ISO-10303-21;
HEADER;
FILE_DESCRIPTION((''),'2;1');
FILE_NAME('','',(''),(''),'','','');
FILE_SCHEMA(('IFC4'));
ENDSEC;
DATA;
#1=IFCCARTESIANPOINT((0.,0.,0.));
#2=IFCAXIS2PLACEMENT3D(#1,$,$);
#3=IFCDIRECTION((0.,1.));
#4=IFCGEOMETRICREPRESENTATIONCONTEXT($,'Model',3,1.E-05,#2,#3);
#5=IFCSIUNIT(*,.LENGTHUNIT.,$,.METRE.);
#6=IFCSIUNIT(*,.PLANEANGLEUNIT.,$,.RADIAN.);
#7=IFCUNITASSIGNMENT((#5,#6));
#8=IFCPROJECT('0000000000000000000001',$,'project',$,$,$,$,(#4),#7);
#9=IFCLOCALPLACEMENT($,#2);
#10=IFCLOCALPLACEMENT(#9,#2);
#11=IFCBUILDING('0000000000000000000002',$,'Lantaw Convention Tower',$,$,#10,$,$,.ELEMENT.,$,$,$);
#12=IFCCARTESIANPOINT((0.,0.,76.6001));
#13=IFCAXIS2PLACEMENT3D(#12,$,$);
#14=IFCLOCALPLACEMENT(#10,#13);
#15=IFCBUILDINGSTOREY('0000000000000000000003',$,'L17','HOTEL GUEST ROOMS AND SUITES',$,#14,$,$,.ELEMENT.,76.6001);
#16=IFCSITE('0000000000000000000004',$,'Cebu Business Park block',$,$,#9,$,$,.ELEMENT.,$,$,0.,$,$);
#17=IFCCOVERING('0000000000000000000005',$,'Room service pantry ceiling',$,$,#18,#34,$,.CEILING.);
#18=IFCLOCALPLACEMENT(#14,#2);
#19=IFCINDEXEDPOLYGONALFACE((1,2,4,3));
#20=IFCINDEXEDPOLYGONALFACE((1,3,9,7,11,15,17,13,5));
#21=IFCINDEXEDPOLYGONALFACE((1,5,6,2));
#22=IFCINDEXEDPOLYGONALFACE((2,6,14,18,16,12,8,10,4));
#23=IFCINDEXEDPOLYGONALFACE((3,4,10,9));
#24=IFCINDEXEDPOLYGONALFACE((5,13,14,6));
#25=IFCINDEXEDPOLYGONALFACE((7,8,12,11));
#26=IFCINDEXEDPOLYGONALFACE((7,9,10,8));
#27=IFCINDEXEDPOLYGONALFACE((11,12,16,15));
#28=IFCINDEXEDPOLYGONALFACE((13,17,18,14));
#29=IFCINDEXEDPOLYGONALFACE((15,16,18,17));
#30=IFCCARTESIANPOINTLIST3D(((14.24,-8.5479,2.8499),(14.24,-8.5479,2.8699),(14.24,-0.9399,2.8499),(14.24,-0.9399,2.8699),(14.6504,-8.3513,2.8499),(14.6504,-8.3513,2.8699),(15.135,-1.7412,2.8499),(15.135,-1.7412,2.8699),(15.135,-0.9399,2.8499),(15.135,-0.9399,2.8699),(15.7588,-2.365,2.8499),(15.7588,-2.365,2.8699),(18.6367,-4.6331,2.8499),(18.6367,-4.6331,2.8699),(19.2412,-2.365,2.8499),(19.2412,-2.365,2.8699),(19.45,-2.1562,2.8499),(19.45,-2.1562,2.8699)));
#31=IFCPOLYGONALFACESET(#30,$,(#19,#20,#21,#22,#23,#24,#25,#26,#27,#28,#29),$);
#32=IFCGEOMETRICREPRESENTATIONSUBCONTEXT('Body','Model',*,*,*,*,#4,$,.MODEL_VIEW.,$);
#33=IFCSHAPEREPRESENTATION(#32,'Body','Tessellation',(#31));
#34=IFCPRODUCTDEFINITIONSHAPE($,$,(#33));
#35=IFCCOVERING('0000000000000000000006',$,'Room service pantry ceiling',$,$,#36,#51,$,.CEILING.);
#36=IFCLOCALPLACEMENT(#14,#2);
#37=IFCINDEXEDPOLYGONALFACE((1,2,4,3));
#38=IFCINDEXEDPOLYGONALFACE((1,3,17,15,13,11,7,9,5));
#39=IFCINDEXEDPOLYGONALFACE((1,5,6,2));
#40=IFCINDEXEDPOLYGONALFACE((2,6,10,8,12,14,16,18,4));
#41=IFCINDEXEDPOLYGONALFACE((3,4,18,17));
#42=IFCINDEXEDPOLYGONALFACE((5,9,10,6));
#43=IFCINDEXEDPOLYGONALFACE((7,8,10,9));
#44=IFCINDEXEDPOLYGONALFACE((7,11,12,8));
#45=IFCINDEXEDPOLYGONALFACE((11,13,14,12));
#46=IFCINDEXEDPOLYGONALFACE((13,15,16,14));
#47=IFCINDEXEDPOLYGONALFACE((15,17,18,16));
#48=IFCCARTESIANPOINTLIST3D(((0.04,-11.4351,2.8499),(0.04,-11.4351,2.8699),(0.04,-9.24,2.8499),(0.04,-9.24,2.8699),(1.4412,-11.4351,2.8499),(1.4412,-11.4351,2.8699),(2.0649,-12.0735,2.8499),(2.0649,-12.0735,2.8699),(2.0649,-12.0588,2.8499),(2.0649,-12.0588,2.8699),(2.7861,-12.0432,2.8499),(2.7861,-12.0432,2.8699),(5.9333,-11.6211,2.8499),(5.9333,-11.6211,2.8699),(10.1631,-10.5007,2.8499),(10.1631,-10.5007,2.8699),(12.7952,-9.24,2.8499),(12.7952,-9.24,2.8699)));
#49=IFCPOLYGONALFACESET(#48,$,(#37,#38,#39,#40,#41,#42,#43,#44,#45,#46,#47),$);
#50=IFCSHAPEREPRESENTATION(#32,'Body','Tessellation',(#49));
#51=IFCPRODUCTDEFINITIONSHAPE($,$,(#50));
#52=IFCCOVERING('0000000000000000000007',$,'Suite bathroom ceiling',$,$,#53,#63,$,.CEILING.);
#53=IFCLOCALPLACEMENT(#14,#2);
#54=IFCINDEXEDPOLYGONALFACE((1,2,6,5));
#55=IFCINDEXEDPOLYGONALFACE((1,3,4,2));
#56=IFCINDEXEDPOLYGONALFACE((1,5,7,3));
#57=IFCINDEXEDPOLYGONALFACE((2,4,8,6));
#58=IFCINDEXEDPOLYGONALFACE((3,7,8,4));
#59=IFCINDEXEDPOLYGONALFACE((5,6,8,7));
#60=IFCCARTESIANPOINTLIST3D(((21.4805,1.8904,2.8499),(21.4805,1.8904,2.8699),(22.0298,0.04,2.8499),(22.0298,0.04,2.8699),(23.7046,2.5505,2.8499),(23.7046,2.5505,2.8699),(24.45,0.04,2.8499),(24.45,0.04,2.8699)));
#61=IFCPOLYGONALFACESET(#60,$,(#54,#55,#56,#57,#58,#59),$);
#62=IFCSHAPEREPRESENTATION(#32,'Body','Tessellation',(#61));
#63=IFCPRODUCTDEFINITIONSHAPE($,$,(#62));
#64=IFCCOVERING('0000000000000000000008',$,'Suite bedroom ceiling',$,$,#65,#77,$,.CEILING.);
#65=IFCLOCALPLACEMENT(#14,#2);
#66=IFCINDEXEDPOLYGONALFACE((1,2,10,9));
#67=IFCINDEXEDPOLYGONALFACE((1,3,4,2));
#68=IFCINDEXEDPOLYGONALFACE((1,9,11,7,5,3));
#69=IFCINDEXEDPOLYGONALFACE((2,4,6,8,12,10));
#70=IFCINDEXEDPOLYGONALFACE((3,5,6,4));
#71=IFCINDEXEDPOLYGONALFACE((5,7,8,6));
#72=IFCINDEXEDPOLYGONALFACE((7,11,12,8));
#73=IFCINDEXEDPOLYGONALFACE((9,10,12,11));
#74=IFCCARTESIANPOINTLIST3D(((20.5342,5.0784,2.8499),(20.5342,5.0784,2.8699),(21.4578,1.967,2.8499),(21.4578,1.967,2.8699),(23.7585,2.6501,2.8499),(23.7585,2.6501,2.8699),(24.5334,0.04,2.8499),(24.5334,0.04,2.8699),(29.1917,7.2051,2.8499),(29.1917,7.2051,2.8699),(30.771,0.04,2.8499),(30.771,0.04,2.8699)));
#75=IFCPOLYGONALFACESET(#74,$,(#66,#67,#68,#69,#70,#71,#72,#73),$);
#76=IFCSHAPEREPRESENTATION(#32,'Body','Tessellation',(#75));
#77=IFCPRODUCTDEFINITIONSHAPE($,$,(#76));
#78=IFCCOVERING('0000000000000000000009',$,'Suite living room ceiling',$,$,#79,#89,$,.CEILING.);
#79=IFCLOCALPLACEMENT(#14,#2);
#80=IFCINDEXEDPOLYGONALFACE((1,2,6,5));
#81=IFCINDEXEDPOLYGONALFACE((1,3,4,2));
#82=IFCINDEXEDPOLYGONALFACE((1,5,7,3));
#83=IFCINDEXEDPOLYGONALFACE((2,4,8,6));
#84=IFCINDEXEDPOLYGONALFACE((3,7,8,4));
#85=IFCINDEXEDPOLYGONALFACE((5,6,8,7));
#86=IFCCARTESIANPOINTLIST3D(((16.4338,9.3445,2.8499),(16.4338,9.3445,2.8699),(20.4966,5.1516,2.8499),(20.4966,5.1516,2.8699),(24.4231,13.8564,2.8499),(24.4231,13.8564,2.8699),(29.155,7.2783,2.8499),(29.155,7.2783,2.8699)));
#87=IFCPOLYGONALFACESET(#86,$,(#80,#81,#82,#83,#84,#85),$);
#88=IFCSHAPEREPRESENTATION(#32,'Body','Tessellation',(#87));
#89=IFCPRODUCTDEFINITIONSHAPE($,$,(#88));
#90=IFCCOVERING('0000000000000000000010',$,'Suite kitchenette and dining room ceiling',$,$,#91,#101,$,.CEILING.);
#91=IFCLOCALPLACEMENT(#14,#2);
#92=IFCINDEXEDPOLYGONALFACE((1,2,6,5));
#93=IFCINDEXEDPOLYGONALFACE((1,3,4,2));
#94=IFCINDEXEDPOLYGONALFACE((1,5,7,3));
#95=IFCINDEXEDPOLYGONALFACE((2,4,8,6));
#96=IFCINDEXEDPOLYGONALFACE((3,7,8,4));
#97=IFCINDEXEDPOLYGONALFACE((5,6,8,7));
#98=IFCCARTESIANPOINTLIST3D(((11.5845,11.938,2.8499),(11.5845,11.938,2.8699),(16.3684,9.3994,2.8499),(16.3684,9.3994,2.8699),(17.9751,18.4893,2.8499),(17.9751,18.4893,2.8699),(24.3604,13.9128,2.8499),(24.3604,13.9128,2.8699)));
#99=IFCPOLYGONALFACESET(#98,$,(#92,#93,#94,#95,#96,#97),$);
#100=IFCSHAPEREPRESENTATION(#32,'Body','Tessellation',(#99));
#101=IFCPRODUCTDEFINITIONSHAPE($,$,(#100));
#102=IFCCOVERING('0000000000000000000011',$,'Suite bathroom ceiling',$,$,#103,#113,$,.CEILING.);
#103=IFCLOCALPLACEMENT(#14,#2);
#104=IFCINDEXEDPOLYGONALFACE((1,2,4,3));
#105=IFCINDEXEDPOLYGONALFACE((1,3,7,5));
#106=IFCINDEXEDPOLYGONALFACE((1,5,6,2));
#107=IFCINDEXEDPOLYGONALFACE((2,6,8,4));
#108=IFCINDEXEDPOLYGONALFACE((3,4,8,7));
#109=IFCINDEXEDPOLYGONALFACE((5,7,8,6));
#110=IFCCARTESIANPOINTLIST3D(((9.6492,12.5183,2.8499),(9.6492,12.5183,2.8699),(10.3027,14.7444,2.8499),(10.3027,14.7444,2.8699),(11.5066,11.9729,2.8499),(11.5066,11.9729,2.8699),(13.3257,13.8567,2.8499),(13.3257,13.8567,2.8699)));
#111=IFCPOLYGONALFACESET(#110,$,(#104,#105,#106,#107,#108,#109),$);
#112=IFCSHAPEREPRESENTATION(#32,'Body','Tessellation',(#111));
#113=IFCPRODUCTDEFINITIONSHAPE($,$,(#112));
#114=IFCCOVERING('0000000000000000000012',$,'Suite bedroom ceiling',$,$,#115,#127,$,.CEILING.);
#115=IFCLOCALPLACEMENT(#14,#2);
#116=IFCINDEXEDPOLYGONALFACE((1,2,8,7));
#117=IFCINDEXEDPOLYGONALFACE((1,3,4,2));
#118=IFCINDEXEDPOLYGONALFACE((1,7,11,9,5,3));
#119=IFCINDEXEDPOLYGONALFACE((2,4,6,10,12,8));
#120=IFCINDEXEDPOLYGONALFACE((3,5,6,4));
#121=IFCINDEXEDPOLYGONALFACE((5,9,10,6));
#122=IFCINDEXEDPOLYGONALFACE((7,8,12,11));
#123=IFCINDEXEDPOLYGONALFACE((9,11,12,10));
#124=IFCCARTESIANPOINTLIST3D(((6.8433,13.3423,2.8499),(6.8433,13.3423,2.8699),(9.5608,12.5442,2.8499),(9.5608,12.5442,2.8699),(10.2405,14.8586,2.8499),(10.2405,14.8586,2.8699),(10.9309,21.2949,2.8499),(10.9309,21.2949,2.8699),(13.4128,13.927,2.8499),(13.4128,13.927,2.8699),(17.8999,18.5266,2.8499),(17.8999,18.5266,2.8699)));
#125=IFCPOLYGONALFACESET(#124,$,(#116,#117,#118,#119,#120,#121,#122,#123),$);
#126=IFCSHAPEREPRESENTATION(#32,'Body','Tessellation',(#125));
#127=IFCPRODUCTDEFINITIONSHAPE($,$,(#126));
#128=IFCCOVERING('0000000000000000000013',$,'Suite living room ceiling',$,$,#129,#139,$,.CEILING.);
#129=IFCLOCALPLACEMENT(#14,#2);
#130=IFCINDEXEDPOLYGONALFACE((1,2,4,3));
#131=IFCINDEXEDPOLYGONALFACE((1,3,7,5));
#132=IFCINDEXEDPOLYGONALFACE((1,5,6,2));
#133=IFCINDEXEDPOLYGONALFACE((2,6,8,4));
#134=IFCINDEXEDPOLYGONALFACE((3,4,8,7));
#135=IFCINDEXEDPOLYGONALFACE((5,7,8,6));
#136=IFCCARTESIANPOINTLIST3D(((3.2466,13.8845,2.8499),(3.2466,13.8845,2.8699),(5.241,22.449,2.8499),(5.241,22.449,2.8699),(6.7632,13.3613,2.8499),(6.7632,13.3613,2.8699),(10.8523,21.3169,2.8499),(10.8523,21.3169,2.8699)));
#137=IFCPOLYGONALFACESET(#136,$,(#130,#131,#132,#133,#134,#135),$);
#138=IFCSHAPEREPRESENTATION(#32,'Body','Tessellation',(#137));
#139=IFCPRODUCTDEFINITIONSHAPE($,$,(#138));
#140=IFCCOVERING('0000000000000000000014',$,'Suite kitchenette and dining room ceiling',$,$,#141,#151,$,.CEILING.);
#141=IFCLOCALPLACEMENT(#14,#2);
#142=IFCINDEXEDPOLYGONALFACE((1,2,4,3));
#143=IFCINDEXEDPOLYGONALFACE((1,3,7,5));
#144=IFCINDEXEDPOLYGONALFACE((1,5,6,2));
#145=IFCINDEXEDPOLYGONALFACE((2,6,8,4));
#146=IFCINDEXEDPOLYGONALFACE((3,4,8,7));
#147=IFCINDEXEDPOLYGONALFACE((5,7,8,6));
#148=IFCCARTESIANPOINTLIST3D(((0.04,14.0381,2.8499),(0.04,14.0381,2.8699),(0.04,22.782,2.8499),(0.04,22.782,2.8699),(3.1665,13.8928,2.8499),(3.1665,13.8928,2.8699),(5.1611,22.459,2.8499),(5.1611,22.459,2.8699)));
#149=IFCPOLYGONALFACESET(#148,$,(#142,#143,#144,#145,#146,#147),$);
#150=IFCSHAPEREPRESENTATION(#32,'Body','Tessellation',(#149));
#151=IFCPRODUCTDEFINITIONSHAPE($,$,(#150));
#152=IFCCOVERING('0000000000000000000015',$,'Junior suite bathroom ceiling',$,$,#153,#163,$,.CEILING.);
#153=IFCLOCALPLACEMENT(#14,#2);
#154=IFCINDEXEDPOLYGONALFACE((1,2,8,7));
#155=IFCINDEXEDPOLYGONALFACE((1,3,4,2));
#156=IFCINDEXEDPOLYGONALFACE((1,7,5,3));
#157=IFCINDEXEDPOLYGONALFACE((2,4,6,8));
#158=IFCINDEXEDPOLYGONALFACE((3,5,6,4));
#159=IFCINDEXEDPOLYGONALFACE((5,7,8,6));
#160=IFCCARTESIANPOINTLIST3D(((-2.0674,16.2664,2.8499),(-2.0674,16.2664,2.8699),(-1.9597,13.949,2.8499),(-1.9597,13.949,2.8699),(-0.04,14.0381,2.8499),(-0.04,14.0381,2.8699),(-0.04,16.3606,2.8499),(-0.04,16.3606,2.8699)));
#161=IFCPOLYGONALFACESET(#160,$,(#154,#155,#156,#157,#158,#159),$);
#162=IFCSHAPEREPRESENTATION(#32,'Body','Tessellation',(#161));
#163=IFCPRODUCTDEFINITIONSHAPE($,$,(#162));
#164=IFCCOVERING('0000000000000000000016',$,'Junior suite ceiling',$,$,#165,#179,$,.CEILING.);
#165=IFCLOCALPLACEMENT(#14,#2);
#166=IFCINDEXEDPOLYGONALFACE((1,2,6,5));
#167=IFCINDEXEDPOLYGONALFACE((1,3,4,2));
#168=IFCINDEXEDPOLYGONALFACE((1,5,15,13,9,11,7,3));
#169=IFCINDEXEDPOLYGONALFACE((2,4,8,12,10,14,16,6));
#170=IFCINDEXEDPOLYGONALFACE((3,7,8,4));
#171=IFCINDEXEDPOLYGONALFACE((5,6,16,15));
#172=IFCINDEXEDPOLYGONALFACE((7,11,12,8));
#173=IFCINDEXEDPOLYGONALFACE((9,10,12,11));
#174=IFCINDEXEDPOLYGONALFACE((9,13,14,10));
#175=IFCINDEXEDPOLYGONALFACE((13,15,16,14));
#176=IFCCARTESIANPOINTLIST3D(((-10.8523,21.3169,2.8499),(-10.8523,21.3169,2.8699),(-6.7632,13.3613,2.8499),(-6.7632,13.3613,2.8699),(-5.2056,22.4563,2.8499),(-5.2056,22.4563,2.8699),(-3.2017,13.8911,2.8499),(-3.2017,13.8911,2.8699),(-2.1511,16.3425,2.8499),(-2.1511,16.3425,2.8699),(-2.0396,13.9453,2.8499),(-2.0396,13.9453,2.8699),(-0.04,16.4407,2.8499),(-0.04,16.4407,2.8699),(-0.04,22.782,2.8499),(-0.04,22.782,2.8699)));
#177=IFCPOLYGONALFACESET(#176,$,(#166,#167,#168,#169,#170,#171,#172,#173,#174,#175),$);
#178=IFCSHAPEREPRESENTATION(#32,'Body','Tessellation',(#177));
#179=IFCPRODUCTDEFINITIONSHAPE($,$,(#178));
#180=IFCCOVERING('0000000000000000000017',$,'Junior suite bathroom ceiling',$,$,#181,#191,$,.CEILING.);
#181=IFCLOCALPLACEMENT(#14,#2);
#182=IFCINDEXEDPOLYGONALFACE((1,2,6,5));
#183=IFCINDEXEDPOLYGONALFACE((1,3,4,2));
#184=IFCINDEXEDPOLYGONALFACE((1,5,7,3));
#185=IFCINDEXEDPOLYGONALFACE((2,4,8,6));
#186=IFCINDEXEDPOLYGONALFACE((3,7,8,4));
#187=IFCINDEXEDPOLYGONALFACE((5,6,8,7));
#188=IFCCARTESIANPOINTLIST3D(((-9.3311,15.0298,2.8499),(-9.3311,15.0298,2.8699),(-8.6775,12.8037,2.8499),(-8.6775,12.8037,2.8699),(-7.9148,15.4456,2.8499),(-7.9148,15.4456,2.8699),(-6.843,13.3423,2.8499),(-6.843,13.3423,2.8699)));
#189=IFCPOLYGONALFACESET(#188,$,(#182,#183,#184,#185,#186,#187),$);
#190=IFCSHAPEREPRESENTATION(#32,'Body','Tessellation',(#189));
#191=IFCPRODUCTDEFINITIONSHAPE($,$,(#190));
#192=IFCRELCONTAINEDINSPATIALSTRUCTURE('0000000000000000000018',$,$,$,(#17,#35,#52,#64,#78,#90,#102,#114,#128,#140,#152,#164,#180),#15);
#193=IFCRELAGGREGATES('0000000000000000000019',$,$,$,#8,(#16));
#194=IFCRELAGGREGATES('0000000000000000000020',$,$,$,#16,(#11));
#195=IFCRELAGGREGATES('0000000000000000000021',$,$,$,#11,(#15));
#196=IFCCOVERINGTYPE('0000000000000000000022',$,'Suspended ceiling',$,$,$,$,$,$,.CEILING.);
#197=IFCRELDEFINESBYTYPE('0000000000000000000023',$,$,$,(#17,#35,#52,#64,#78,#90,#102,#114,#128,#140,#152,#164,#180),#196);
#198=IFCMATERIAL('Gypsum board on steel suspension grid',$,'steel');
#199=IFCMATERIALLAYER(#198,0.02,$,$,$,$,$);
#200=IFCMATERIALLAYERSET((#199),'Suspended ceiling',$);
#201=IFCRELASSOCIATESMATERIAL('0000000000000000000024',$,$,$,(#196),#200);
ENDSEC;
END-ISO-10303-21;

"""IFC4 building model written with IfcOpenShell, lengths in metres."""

from ifc_helpers import new_model, si_unit, direction, frame, origin, place, context, subcontext, project, spatial, polyline, outline, extrude, material, layer, layer_set, type_object, element, save


model = new_model("IFC4")

# Units and contexts
model_context = context("Model", 3, precision=1e-05, world=origin(), true_north=direction((0.0, 1.0)))
body_context = subcontext(model_context, "Body", "Model", "MODEL_VIEW")
ifc_project = project(units=[si_unit("LENGTHUNIT", "METRE"), si_unit("PLANEANGLEUNIT", "RADIAN")], contexts=[model_context])

# Site, building, storey
site_placement = place(None, origin())
site = spatial("IfcSite", under=ifc_project, at=site_placement, Name="Cebu Business Park block", CompositionType="ELEMENT", RefElevation=0.0)
building_placement = place(site_placement, origin())
building = spatial("IfcBuilding", under=site, at=building_placement, Name="Lantaw Convention Tower", CompositionType="ELEMENT")
storey_placement = place(building_placement, frame((0.0, 0.0, 76.6001)))
storey = spatial("IfcBuildingStorey", under=building, at=storey_placement, Name="L17", Description="HOTEL GUEST ROOMS AND SUITES", CompositionType="ELEMENT", Elevation=76.6001)

# Coverings
ifc_material_1 = material(Name="Gypsum board on steel suspension grid", Category="steel")
ifc_layer_1 = layer(ifc_material_1, 0.02)
ifc_layer_set_1 = layer_set([ifc_layer_1], Name="Suspended ceiling")
covering_type = type_object("IfcCoveringType", Name="Suspended ceiling", PredefinedType="CEILING", material=ifc_layer_set_1)
covering_1_placement = place(storey_placement, frame((0.0, 0.0, 2.8499)))
element("IfcCovering", 1, at=covering_1_placement, inside=storey, type_object=covering_type, Name="Room service pantry ceiling", PredefinedType="CEILING", context=body_context, shape_type="SweptSolid", body=[
    extrude(outline(polyline([(14.24, -8.5479), (14.6504, -8.3513), (18.6367, -4.6331), (19.45, -2.1562), (19.2412, -2.365), (15.7588, -2.365), (15.135, -1.7412), (15.135, -0.9399), (14.24, -0.9399), (14.24, -8.5479)])), origin(), (0.0, 0.0, 1.0), 0.02),
])
covering_2_placement = place(storey_placement, frame((0.0, 0.0, 2.8499)))
element("IfcCovering", 2, at=covering_2_placement, inside=storey, type_object=covering_type, Name="Room service pantry ceiling", PredefinedType="CEILING", context=body_context, shape_type="SweptSolid", body=[
    extrude(outline(polyline([(2.0649, -12.0735), (2.7861, -12.0432), (5.9333, -11.6211), (10.1631, -10.5007), (12.7952, -9.24), (0.04, -9.24), (0.04, -11.4351), (1.4412, -11.4351), (2.0649, -12.0588), (2.0649, -12.0735)])), origin(), (0.0, 0.0, 1.0), 0.02),
])
covering_3_placement = place(storey_placement, frame((0.0, 0.0, 2.8499)))
element("IfcCovering", 3, at=covering_3_placement, inside=storey, type_object=covering_type, Name="Suite bathroom ceiling", PredefinedType="CEILING", context=body_context, shape_type="SweptSolid", body=[
    extrude(outline(polyline([(22.0298, 0.04), (24.45, 0.04), (23.7046, 2.5505), (21.4805, 1.8904), (22.0298, 0.04)])), origin(), (0.0, 0.0, 1.0), 0.02),
])
covering_4_placement = place(storey_placement, frame((0.0, 0.0, 2.8499)))
element("IfcCovering", 4, at=covering_4_placement, inside=storey, type_object=covering_type, Name="Suite bedroom ceiling", PredefinedType="CEILING", context=body_context, shape_type="SweptSolid", body=[
    extrude(outline(polyline([(20.5342, 5.0784), (21.4578, 1.967), (23.7585, 2.6501), (24.5334, 0.04), (30.771, 0.04), (29.1917, 7.2051), (20.5342, 5.0784)])), origin(), (0.0, 0.0, 1.0), 0.02),
])
covering_5_placement = place(storey_placement, frame((0.0, 0.0, 2.8499)))
element("IfcCovering", 5, at=covering_5_placement, inside=storey, type_object=covering_type, Name="Suite living room ceiling", PredefinedType="CEILING", context=body_context, shape_type="SweptSolid", body=[
    extrude(outline(polyline([(20.4966, 5.1516), (29.155, 7.2783), (24.4231, 13.8564), (16.4338, 9.3445), (20.4966, 5.1516)])), origin(), (0.0, 0.0, 1.0), 0.02),
])
covering_6_placement = place(storey_placement, frame((0.0, 0.0, 2.8499)))
element("IfcCovering", 6, at=covering_6_placement, inside=storey, type_object=covering_type, Name="Suite kitchenette and dining room ceiling", PredefinedType="CEILING", context=body_context, shape_type="SweptSolid", body=[
    extrude(outline(polyline([(16.3684, 9.3994), (24.3604, 13.9128), (17.9751, 18.4893), (11.5845, 11.938), (16.3684, 9.3994)])), origin(), (0.0, 0.0, 1.0), 0.02),
])
covering_7_placement = place(storey_placement, frame((0.0, 0.0, 2.8499)))
element("IfcCovering", 7, at=covering_7_placement, inside=storey, type_object=covering_type, Name="Suite bathroom ceiling", PredefinedType="CEILING", context=body_context, shape_type="SweptSolid", body=[
    extrude(outline(polyline([(11.5066, 11.9729), (13.3257, 13.8567), (10.3027, 14.7444), (9.6492, 12.5183), (11.5066, 11.9729)])), origin(), (0.0, 0.0, 1.0), 0.02),
])
covering_8_placement = place(storey_placement, frame((0.0, 0.0, 2.8499)))
element("IfcCovering", 8, at=covering_8_placement, inside=storey, type_object=covering_type, Name="Suite bedroom ceiling", PredefinedType="CEILING", context=body_context, shape_type="SweptSolid", body=[
    extrude(outline(polyline([(10.9309, 21.2949), (6.8433, 13.3423), (9.5608, 12.5442), (10.2405, 14.8586), (13.4128, 13.927), (17.8999, 18.5266), (10.9309, 21.2949)])), origin(), (0.0, 0.0, 1.0), 0.02),
])
covering_9_placement = place(storey_placement, frame((0.0, 0.0, 2.8499)))
element("IfcCovering", 9, at=covering_9_placement, inside=storey, type_object=covering_type, Name="Suite living room ceiling", PredefinedType="CEILING", context=body_context, shape_type="SweptSolid", body=[
    extrude(outline(polyline([(6.7632, 13.3613), (10.8523, 21.3169), (5.241, 22.449), (3.2466, 13.8845), (6.7632, 13.3613)])), origin(), (0.0, 0.0, 1.0), 0.02),
])
covering_10_placement = place(storey_placement, frame((0.0, 0.0, 2.8499)))
element("IfcCovering", 10, at=covering_10_placement, inside=storey, type_object=covering_type, Name="Suite kitchenette and dining room ceiling", PredefinedType="CEILING", context=body_context, shape_type="SweptSolid", body=[
    extrude(outline(polyline([(3.1665, 13.8928), (5.1611, 22.459), (0.04, 22.782), (0.04, 14.0381), (3.1665, 13.8928)])), origin(), (0.0, 0.0, 1.0), 0.02),
])
covering_11_placement = place(storey_placement, frame((0.0, 0.0, 2.8499)))
element("IfcCovering", 11, at=covering_11_placement, inside=storey, type_object=covering_type, Name="Junior suite bathroom ceiling", PredefinedType="CEILING", context=body_context, shape_type="SweptSolid", body=[
    extrude(outline(polyline([(-0.04, 14.0381), (-0.04, 16.3606), (-2.0674, 16.2664), (-1.9597, 13.949), (-0.04, 14.0381)])), origin(), (0.0, 0.0, 1.0), 0.02),
])
covering_12_placement = place(storey_placement, frame((0.0, 0.0, 2.8499)))
element("IfcCovering", 12, at=covering_12_placement, inside=storey, type_object=covering_type, Name="Junior suite ceiling", PredefinedType="CEILING", context=body_context, shape_type="SweptSolid", body=[
    extrude(outline(polyline([(-3.2017, 13.8911), (-2.0396, 13.9453), (-2.1511, 16.3425), (-0.04, 16.4407), (-0.04, 22.782), (-5.2056, 22.4563), (-10.8523, 21.3169), (-6.7632, 13.3613), (-3.2017, 13.8911)])), origin(), (0.0, 0.0, 1.0), 0.02),
])
covering_13_placement = place(storey_placement, frame((0.0, 0.0, 2.8499)))
element("IfcCovering", 13, at=covering_13_placement, inside=storey, type_object=covering_type, Name="Junior suite bathroom ceiling", PredefinedType="CEILING", context=body_context, shape_type="SweptSolid", body=[
    extrude(outline(polyline([(-6.843, 13.3423), (-7.9148, 15.4456), (-9.3311, 15.0298), (-8.6775, 12.8037), (-6.843, 13.3423)])), origin(), (0.0, 0.0, 1.0), 0.02),
])

save(model, "model.ifc")
